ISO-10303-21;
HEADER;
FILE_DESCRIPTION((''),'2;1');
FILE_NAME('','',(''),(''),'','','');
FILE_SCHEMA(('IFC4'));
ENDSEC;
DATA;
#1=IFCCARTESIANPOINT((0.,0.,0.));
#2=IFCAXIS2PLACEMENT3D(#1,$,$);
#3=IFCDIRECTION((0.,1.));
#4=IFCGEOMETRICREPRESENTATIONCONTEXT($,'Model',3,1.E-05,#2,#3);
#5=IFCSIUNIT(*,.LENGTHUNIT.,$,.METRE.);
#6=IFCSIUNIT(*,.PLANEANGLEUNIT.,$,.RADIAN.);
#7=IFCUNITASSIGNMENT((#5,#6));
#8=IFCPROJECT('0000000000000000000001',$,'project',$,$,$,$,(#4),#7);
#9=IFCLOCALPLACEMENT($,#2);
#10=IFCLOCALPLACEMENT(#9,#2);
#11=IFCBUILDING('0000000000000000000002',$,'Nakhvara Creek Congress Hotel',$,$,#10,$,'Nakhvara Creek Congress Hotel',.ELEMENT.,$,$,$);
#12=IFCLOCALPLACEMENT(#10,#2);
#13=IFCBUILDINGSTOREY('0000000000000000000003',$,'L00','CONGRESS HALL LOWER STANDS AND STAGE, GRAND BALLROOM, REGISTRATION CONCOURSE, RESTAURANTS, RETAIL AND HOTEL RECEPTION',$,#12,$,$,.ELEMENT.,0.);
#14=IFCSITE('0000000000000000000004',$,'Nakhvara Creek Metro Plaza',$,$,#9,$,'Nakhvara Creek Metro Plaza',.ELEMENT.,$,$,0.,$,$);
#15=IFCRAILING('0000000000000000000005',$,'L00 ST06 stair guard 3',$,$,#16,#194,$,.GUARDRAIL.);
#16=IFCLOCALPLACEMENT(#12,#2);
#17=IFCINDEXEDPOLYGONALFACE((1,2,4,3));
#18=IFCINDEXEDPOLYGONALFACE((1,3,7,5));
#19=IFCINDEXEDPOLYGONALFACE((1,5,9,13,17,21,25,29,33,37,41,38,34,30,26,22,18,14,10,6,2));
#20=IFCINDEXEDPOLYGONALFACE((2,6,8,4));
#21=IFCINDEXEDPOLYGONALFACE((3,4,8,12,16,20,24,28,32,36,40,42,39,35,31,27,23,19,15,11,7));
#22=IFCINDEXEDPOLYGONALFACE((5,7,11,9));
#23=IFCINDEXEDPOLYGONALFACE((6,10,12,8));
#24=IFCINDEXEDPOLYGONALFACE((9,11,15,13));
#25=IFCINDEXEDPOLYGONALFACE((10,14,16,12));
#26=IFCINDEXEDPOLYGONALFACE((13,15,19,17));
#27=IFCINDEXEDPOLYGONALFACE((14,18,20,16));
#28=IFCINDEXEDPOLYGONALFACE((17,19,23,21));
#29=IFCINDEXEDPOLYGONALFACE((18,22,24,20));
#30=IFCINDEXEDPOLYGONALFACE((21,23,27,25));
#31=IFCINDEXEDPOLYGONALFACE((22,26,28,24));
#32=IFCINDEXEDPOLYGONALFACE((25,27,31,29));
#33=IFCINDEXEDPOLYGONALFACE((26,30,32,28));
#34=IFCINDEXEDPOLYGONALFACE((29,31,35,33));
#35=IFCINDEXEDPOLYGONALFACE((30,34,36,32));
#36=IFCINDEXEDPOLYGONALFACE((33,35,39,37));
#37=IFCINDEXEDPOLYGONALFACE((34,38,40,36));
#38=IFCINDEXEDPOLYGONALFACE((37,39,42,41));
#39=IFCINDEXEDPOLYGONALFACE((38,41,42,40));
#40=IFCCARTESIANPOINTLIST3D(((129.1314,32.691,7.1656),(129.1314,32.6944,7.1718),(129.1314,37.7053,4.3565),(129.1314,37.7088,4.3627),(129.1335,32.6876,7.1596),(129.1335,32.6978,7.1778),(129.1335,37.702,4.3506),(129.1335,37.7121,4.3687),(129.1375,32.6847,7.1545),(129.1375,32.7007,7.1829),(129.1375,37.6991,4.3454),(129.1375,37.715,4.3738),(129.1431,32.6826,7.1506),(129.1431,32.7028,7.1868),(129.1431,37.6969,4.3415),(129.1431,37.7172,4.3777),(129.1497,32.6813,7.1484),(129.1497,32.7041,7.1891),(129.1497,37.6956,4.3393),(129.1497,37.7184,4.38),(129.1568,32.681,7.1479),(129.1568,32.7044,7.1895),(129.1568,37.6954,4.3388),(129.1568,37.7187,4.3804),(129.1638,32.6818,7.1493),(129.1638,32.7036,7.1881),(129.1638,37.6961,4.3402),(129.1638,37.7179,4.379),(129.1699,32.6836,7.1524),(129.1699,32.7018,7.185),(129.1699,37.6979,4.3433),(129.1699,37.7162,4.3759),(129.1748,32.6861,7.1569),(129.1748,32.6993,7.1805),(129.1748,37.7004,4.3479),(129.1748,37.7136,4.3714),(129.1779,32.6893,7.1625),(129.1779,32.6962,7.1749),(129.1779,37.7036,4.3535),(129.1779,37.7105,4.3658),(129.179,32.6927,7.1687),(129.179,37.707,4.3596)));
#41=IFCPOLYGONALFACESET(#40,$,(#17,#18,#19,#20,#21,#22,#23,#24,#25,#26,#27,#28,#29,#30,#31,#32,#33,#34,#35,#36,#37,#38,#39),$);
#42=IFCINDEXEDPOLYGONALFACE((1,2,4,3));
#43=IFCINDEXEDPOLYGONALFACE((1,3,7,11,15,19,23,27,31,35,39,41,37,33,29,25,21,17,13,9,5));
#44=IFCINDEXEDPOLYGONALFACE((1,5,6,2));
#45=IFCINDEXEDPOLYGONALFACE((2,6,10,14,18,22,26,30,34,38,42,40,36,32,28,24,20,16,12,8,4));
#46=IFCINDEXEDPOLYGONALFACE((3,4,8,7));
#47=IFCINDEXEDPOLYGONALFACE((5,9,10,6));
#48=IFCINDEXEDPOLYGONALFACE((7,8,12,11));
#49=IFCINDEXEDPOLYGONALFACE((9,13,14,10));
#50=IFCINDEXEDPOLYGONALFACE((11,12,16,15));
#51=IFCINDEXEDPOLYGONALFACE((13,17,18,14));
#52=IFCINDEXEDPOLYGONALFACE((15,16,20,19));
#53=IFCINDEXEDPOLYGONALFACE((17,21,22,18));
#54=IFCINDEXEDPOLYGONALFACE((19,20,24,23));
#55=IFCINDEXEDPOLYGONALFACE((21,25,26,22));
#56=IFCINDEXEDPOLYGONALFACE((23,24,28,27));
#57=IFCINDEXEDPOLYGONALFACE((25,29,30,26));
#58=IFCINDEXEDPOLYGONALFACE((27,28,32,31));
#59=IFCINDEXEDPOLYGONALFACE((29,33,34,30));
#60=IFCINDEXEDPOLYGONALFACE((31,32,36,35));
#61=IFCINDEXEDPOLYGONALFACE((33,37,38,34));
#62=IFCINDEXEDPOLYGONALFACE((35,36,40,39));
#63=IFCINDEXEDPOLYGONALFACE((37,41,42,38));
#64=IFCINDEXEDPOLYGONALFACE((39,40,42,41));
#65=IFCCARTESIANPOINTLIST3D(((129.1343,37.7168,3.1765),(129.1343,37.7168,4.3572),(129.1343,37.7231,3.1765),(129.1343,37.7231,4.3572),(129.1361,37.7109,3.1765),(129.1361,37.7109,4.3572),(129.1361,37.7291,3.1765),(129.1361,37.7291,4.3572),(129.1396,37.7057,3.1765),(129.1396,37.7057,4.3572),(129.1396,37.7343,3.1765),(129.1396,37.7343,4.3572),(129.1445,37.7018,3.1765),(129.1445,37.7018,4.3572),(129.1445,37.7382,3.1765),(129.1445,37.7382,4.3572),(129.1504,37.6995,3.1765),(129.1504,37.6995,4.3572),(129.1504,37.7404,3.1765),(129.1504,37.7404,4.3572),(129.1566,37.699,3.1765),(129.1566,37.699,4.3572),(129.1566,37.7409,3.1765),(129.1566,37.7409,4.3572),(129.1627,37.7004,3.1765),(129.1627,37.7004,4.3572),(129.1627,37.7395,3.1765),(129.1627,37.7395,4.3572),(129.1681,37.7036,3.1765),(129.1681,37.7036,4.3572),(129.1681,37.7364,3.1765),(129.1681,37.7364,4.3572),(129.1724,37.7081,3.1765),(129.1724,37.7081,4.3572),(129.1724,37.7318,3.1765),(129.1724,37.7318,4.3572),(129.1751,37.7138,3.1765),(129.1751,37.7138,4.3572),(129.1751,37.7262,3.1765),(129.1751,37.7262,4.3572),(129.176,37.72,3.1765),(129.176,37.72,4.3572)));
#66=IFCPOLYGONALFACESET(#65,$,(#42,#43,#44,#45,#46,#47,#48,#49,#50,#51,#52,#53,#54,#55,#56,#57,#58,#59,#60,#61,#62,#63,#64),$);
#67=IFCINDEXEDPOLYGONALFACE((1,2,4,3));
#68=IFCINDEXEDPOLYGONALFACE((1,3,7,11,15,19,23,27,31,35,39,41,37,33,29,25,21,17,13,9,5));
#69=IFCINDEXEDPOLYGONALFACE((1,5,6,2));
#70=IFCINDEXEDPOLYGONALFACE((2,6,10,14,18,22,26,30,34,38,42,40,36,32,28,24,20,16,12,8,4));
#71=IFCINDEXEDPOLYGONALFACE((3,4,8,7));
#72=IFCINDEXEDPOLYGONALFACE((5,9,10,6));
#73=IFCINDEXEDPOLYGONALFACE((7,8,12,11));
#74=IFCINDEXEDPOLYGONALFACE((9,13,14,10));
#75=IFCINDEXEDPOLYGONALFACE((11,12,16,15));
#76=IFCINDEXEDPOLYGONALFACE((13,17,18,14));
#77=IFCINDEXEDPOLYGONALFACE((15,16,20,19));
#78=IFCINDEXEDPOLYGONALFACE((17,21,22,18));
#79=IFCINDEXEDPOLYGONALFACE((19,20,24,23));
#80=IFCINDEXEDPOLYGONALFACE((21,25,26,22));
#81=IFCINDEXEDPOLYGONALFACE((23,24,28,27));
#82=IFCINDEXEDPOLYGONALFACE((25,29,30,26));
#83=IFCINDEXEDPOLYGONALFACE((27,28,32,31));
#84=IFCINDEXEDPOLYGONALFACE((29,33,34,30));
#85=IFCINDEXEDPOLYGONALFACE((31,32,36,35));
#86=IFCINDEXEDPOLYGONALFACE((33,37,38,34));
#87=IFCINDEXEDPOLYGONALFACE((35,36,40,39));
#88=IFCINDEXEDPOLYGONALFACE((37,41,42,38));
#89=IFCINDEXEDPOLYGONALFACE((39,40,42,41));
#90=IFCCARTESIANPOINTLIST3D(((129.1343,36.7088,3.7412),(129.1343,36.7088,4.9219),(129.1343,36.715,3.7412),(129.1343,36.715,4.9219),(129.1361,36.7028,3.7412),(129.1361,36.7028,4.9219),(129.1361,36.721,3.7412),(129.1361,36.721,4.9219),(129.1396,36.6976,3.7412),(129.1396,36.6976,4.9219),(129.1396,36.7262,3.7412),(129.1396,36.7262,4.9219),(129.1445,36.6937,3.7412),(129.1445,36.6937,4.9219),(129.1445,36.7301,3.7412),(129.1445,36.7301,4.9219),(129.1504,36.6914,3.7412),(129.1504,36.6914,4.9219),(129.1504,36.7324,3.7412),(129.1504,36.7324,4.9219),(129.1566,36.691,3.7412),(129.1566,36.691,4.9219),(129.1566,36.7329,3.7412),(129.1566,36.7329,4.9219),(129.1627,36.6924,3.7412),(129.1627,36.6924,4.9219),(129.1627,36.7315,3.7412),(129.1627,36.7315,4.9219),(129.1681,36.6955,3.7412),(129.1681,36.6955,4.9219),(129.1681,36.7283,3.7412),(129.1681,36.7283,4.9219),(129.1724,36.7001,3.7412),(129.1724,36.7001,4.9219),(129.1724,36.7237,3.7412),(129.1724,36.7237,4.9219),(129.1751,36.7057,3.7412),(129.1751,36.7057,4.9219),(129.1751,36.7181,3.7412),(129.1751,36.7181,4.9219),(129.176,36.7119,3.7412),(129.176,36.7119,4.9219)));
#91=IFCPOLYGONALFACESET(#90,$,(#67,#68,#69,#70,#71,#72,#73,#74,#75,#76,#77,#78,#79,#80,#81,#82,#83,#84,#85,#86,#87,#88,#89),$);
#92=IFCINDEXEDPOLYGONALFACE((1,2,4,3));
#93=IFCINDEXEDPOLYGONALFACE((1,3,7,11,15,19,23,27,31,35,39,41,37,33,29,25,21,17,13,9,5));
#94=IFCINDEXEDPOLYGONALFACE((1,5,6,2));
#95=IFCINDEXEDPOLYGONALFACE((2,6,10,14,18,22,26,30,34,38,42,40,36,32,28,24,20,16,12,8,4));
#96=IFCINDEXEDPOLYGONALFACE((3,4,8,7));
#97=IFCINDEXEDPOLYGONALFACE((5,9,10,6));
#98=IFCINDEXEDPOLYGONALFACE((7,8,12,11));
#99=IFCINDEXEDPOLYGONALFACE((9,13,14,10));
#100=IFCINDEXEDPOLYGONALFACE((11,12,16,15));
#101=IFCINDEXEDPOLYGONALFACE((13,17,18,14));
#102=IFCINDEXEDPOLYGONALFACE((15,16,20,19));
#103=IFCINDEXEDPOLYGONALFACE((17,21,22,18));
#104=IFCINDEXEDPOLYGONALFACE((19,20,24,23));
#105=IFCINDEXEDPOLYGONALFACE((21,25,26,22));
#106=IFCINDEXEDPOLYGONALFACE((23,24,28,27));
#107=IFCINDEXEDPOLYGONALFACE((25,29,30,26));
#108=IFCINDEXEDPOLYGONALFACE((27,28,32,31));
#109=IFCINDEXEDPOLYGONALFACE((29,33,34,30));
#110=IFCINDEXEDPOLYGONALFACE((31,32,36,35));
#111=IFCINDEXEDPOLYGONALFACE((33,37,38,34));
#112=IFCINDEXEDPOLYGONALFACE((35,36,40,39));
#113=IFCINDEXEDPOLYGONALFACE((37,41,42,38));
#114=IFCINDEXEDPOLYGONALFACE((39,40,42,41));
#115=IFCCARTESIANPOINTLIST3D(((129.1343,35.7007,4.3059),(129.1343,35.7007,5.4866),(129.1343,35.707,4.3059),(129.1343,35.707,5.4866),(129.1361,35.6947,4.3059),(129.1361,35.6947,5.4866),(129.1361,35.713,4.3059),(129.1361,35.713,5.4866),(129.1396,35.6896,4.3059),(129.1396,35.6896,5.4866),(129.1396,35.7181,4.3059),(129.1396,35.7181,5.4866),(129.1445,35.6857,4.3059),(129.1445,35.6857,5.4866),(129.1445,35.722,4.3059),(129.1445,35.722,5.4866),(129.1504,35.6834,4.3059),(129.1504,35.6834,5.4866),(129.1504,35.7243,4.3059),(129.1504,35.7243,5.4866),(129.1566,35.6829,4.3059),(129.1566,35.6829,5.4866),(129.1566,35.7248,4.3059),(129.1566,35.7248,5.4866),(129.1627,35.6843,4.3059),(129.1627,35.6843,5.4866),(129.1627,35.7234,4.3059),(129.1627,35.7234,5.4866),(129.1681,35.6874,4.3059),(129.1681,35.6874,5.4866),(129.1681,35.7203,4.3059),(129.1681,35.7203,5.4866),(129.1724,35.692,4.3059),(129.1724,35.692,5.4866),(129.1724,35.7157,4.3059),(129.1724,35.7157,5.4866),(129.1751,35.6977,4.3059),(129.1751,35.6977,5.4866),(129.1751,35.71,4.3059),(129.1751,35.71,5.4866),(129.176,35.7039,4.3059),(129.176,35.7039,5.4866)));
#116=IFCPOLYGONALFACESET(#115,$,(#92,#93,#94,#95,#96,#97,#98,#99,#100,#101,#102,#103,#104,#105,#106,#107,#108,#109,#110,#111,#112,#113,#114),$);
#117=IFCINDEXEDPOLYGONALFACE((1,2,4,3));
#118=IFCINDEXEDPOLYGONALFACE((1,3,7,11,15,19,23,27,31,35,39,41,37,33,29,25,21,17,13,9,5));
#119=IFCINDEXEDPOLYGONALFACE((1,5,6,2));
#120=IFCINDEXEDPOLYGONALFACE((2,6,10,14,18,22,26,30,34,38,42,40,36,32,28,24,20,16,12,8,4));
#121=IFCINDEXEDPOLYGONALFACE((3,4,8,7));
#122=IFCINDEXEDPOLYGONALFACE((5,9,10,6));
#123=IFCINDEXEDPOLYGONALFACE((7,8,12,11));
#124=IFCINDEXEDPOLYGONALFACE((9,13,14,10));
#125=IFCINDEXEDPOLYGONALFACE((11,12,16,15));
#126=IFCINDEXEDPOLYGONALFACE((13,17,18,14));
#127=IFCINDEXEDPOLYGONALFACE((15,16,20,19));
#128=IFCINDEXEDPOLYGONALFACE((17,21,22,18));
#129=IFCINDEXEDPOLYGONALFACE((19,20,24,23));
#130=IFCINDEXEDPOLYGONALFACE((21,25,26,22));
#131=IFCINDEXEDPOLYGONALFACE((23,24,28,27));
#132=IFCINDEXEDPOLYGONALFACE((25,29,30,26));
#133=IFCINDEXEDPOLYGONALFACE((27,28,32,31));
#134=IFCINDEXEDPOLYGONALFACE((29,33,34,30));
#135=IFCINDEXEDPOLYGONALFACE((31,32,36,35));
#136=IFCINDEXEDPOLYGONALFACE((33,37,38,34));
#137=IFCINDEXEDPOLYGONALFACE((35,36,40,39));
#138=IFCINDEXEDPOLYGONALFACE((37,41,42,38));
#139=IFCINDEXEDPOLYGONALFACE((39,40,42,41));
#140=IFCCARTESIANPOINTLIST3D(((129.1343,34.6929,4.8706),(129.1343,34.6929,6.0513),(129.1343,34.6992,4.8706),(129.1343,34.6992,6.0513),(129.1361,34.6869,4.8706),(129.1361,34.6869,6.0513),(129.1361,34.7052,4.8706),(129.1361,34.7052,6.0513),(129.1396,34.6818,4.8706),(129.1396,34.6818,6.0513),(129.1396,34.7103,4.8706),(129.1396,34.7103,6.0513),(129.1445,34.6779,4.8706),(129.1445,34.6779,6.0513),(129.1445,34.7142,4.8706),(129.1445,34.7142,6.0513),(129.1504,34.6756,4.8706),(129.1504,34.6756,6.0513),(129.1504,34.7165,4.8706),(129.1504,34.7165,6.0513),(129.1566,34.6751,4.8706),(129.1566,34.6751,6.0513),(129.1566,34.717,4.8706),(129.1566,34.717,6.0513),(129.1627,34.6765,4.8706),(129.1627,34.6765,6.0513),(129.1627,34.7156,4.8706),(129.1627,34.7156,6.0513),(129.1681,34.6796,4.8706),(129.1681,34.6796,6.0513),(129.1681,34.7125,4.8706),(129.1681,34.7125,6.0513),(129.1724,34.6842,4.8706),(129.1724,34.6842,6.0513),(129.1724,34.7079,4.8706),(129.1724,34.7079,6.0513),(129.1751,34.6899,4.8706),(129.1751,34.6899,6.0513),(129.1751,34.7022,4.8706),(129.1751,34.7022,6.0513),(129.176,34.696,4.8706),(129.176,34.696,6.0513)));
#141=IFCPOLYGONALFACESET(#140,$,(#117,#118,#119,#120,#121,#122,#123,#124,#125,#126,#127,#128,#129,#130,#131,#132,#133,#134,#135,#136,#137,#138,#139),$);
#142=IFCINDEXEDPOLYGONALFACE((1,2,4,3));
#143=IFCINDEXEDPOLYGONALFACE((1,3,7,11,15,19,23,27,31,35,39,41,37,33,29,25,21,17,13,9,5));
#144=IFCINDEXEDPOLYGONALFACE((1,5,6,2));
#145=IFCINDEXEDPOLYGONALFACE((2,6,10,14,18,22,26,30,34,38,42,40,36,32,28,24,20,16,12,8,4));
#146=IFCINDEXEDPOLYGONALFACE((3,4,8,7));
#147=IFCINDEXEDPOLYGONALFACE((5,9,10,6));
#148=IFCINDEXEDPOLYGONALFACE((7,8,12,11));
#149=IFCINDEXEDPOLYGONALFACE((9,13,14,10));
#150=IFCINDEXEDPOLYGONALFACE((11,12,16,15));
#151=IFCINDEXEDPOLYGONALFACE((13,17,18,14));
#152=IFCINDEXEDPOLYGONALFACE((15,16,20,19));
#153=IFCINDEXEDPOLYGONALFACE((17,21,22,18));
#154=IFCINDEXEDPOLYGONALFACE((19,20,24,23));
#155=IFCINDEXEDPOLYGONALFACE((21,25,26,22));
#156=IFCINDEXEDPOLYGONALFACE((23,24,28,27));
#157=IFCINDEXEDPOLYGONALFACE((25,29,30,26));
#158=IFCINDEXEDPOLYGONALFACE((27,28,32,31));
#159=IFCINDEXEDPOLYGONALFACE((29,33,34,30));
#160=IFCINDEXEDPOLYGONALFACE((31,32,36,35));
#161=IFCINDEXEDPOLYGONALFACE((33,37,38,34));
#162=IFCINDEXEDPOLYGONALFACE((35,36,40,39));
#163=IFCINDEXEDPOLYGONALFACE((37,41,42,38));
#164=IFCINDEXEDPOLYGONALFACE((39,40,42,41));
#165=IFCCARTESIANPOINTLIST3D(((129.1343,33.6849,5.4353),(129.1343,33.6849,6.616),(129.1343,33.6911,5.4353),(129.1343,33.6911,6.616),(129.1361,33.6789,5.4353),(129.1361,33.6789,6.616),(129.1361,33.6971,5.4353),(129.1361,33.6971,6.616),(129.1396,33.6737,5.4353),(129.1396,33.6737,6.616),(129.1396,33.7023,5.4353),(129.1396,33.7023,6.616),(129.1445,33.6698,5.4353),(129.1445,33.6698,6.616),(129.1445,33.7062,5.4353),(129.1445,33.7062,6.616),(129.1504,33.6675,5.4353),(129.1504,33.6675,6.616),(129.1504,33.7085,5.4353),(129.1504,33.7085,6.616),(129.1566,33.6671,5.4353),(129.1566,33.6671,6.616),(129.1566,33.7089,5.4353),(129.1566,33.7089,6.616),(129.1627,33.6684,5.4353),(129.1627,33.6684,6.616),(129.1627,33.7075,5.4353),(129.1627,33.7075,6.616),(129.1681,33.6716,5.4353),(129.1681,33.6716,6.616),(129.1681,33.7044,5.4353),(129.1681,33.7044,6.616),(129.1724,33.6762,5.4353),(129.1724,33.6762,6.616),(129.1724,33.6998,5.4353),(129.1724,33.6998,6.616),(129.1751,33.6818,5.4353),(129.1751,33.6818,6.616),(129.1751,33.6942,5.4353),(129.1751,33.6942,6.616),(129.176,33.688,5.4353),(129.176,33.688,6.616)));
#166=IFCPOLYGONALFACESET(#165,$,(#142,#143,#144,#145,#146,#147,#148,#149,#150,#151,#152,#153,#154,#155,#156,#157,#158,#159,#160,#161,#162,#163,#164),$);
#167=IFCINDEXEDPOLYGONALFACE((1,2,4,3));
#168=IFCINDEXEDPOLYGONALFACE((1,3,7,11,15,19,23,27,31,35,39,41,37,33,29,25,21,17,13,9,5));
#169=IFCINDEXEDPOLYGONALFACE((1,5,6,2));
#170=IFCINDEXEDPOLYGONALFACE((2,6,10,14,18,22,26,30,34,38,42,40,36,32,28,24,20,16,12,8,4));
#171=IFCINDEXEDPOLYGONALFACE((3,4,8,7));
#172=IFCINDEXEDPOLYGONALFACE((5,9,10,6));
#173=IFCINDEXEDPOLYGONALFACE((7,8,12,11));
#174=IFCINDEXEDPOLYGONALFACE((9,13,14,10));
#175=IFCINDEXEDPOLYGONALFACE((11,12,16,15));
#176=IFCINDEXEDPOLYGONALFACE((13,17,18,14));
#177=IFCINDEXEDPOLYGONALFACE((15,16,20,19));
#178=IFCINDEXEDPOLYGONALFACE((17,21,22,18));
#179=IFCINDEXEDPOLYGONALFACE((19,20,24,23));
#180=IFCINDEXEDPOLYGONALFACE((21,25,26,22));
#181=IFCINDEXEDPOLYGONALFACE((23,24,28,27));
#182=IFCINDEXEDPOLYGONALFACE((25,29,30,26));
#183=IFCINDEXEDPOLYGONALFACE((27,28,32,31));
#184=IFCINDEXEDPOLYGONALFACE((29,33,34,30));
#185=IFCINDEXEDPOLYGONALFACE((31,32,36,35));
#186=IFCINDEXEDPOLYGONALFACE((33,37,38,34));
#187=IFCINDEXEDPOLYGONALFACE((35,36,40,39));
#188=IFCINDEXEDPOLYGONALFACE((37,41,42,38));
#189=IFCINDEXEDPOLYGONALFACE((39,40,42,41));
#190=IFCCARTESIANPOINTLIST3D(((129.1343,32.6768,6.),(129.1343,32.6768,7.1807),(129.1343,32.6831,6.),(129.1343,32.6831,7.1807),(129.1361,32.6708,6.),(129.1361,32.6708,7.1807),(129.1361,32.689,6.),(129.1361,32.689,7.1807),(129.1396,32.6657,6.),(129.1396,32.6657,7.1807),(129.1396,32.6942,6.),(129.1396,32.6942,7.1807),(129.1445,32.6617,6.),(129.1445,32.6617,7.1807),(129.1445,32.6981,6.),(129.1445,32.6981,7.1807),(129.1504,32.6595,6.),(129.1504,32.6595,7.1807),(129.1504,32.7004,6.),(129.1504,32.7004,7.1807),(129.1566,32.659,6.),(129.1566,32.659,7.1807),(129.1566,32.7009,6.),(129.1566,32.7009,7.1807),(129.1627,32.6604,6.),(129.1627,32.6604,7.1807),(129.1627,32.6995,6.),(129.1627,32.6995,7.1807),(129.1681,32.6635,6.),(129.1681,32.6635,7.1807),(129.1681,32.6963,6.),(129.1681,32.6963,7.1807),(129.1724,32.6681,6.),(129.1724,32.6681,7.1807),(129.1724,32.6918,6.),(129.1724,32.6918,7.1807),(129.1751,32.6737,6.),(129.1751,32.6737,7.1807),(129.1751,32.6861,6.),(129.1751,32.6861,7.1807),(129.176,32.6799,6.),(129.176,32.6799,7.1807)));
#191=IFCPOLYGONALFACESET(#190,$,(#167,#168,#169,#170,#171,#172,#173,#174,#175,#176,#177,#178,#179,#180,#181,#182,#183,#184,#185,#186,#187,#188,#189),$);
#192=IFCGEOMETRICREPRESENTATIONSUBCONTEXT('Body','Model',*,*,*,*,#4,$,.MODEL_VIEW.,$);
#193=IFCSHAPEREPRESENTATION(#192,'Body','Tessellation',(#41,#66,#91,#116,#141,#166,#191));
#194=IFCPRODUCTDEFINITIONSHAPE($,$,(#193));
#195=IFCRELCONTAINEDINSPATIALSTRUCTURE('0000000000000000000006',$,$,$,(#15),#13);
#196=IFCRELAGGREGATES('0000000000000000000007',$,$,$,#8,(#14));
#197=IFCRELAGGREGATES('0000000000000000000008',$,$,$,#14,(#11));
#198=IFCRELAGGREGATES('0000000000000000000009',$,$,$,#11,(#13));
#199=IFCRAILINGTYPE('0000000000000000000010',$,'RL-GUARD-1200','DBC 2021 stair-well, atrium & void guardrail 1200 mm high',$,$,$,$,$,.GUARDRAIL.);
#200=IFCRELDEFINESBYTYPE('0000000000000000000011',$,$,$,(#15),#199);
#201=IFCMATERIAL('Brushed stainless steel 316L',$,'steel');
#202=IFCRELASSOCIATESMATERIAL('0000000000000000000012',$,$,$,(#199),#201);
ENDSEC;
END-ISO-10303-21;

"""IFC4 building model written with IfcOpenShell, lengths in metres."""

from ifc_helpers import new_model, si_unit, direction, frame, origin, origin_2d, place, context, subcontext, project, spatial, circle, extrude, material, type_object, element, save


model = new_model("IFC4")

# Units and contexts
model_context = context("Model", 3, precision=1e-05, world=origin(), true_north=direction((0.0, 1.0)))
body_context = subcontext(model_context, "Body", "Model", "MODEL_VIEW")
ifc_project = project(units=[si_unit("LENGTHUNIT", "METRE"), si_unit("PLANEANGLEUNIT", "RADIAN")], contexts=[model_context])

# Site, building, storey
site_placement = place(None, origin())
site = spatial("IfcSite", under=ifc_project, at=site_placement, Name="Nakhvara Creek Metro Plaza", LongName="Nakhvara Creek Metro Plaza", CompositionType="ELEMENT", RefElevation=0.0)
building_placement = place(site_placement, origin())
building = spatial("IfcBuilding", under=site, at=building_placement, Name="Nakhvara Creek Congress Hotel", LongName="Nakhvara Creek Congress Hotel", CompositionType="ELEMENT")
storey_placement = place(building_placement, origin())
storey = spatial("IfcBuildingStorey", under=building, at=storey_placement, Name="L00", Description="CONGRESS HALL LOWER STANDS AND STAGE, GRAND BALLROOM, REGISTRATION CONCOURSE, RESTAURANTS, RETAIL AND HOTEL RECEPTION", CompositionType="ELEMENT", Elevation=0.0)

# Railing
ifc_material_1 = material(Name="Brushed stainless steel 316L", Category="steel")
railing_type_1 = type_object("IfcRailingType", Name="RL-GUARD-1200", Description="DBC 2021 stair-well, atrium & void guardrail 1200 mm high", PredefinedType="GUARDRAIL", material=ifc_material_1)
railing_1_placement = place(storey_placement, frame((129.155, 37.72, 3.1765)))
element("IfcRailing", 1, at=railing_1_placement, inside=storey, type_object=railing_type_1, Name="L00 ST06 stair guard 3", PredefinedType="GUARDRAIL", context=body_context, shape_type="SweptSolid", body=[
    extrude(circle(Radius=0.0239, at=origin_2d()), frame((0.0, -0.0129, 1.1831), z_axis=(0.0, -0.872427, 0.488744), x_axis=(1.0, 0.0, 0.0)), (0.0, 0.0, 1.0), 5.7476),
    extrude(circle(Radius=0.021, at=origin_2d()), origin(), (0.0, 0.0, 1.0), 1.1807),
    extrude(circle(Radius=0.021, at=origin_2d()), frame((0.0, -1.0081, 0.5647)), (0.0, 0.0, 1.0), 1.1807),
    extrude(circle(Radius=0.021, at=origin_2d()), frame((0.0, -2.0161, 1.1294)), (0.0, 0.0, 1.0), 1.1807),
    extrude(circle(Radius=0.021, at=origin_2d()), frame((0.0, -3.0239, 1.6941)), (0.0, 0.0, 1.0), 1.1807),
    extrude(circle(Radius=0.021, at=origin_2d()), frame((0.0, -4.032, 2.2588)), (0.0, 0.0, 1.0), 1.1807),
    extrude(circle(Radius=0.021, at=origin_2d()), frame((0.0, -5.04, 2.8235)), (0.0, 0.0, 1.0), 1.1807),
])

save(model, "model.ifc")
